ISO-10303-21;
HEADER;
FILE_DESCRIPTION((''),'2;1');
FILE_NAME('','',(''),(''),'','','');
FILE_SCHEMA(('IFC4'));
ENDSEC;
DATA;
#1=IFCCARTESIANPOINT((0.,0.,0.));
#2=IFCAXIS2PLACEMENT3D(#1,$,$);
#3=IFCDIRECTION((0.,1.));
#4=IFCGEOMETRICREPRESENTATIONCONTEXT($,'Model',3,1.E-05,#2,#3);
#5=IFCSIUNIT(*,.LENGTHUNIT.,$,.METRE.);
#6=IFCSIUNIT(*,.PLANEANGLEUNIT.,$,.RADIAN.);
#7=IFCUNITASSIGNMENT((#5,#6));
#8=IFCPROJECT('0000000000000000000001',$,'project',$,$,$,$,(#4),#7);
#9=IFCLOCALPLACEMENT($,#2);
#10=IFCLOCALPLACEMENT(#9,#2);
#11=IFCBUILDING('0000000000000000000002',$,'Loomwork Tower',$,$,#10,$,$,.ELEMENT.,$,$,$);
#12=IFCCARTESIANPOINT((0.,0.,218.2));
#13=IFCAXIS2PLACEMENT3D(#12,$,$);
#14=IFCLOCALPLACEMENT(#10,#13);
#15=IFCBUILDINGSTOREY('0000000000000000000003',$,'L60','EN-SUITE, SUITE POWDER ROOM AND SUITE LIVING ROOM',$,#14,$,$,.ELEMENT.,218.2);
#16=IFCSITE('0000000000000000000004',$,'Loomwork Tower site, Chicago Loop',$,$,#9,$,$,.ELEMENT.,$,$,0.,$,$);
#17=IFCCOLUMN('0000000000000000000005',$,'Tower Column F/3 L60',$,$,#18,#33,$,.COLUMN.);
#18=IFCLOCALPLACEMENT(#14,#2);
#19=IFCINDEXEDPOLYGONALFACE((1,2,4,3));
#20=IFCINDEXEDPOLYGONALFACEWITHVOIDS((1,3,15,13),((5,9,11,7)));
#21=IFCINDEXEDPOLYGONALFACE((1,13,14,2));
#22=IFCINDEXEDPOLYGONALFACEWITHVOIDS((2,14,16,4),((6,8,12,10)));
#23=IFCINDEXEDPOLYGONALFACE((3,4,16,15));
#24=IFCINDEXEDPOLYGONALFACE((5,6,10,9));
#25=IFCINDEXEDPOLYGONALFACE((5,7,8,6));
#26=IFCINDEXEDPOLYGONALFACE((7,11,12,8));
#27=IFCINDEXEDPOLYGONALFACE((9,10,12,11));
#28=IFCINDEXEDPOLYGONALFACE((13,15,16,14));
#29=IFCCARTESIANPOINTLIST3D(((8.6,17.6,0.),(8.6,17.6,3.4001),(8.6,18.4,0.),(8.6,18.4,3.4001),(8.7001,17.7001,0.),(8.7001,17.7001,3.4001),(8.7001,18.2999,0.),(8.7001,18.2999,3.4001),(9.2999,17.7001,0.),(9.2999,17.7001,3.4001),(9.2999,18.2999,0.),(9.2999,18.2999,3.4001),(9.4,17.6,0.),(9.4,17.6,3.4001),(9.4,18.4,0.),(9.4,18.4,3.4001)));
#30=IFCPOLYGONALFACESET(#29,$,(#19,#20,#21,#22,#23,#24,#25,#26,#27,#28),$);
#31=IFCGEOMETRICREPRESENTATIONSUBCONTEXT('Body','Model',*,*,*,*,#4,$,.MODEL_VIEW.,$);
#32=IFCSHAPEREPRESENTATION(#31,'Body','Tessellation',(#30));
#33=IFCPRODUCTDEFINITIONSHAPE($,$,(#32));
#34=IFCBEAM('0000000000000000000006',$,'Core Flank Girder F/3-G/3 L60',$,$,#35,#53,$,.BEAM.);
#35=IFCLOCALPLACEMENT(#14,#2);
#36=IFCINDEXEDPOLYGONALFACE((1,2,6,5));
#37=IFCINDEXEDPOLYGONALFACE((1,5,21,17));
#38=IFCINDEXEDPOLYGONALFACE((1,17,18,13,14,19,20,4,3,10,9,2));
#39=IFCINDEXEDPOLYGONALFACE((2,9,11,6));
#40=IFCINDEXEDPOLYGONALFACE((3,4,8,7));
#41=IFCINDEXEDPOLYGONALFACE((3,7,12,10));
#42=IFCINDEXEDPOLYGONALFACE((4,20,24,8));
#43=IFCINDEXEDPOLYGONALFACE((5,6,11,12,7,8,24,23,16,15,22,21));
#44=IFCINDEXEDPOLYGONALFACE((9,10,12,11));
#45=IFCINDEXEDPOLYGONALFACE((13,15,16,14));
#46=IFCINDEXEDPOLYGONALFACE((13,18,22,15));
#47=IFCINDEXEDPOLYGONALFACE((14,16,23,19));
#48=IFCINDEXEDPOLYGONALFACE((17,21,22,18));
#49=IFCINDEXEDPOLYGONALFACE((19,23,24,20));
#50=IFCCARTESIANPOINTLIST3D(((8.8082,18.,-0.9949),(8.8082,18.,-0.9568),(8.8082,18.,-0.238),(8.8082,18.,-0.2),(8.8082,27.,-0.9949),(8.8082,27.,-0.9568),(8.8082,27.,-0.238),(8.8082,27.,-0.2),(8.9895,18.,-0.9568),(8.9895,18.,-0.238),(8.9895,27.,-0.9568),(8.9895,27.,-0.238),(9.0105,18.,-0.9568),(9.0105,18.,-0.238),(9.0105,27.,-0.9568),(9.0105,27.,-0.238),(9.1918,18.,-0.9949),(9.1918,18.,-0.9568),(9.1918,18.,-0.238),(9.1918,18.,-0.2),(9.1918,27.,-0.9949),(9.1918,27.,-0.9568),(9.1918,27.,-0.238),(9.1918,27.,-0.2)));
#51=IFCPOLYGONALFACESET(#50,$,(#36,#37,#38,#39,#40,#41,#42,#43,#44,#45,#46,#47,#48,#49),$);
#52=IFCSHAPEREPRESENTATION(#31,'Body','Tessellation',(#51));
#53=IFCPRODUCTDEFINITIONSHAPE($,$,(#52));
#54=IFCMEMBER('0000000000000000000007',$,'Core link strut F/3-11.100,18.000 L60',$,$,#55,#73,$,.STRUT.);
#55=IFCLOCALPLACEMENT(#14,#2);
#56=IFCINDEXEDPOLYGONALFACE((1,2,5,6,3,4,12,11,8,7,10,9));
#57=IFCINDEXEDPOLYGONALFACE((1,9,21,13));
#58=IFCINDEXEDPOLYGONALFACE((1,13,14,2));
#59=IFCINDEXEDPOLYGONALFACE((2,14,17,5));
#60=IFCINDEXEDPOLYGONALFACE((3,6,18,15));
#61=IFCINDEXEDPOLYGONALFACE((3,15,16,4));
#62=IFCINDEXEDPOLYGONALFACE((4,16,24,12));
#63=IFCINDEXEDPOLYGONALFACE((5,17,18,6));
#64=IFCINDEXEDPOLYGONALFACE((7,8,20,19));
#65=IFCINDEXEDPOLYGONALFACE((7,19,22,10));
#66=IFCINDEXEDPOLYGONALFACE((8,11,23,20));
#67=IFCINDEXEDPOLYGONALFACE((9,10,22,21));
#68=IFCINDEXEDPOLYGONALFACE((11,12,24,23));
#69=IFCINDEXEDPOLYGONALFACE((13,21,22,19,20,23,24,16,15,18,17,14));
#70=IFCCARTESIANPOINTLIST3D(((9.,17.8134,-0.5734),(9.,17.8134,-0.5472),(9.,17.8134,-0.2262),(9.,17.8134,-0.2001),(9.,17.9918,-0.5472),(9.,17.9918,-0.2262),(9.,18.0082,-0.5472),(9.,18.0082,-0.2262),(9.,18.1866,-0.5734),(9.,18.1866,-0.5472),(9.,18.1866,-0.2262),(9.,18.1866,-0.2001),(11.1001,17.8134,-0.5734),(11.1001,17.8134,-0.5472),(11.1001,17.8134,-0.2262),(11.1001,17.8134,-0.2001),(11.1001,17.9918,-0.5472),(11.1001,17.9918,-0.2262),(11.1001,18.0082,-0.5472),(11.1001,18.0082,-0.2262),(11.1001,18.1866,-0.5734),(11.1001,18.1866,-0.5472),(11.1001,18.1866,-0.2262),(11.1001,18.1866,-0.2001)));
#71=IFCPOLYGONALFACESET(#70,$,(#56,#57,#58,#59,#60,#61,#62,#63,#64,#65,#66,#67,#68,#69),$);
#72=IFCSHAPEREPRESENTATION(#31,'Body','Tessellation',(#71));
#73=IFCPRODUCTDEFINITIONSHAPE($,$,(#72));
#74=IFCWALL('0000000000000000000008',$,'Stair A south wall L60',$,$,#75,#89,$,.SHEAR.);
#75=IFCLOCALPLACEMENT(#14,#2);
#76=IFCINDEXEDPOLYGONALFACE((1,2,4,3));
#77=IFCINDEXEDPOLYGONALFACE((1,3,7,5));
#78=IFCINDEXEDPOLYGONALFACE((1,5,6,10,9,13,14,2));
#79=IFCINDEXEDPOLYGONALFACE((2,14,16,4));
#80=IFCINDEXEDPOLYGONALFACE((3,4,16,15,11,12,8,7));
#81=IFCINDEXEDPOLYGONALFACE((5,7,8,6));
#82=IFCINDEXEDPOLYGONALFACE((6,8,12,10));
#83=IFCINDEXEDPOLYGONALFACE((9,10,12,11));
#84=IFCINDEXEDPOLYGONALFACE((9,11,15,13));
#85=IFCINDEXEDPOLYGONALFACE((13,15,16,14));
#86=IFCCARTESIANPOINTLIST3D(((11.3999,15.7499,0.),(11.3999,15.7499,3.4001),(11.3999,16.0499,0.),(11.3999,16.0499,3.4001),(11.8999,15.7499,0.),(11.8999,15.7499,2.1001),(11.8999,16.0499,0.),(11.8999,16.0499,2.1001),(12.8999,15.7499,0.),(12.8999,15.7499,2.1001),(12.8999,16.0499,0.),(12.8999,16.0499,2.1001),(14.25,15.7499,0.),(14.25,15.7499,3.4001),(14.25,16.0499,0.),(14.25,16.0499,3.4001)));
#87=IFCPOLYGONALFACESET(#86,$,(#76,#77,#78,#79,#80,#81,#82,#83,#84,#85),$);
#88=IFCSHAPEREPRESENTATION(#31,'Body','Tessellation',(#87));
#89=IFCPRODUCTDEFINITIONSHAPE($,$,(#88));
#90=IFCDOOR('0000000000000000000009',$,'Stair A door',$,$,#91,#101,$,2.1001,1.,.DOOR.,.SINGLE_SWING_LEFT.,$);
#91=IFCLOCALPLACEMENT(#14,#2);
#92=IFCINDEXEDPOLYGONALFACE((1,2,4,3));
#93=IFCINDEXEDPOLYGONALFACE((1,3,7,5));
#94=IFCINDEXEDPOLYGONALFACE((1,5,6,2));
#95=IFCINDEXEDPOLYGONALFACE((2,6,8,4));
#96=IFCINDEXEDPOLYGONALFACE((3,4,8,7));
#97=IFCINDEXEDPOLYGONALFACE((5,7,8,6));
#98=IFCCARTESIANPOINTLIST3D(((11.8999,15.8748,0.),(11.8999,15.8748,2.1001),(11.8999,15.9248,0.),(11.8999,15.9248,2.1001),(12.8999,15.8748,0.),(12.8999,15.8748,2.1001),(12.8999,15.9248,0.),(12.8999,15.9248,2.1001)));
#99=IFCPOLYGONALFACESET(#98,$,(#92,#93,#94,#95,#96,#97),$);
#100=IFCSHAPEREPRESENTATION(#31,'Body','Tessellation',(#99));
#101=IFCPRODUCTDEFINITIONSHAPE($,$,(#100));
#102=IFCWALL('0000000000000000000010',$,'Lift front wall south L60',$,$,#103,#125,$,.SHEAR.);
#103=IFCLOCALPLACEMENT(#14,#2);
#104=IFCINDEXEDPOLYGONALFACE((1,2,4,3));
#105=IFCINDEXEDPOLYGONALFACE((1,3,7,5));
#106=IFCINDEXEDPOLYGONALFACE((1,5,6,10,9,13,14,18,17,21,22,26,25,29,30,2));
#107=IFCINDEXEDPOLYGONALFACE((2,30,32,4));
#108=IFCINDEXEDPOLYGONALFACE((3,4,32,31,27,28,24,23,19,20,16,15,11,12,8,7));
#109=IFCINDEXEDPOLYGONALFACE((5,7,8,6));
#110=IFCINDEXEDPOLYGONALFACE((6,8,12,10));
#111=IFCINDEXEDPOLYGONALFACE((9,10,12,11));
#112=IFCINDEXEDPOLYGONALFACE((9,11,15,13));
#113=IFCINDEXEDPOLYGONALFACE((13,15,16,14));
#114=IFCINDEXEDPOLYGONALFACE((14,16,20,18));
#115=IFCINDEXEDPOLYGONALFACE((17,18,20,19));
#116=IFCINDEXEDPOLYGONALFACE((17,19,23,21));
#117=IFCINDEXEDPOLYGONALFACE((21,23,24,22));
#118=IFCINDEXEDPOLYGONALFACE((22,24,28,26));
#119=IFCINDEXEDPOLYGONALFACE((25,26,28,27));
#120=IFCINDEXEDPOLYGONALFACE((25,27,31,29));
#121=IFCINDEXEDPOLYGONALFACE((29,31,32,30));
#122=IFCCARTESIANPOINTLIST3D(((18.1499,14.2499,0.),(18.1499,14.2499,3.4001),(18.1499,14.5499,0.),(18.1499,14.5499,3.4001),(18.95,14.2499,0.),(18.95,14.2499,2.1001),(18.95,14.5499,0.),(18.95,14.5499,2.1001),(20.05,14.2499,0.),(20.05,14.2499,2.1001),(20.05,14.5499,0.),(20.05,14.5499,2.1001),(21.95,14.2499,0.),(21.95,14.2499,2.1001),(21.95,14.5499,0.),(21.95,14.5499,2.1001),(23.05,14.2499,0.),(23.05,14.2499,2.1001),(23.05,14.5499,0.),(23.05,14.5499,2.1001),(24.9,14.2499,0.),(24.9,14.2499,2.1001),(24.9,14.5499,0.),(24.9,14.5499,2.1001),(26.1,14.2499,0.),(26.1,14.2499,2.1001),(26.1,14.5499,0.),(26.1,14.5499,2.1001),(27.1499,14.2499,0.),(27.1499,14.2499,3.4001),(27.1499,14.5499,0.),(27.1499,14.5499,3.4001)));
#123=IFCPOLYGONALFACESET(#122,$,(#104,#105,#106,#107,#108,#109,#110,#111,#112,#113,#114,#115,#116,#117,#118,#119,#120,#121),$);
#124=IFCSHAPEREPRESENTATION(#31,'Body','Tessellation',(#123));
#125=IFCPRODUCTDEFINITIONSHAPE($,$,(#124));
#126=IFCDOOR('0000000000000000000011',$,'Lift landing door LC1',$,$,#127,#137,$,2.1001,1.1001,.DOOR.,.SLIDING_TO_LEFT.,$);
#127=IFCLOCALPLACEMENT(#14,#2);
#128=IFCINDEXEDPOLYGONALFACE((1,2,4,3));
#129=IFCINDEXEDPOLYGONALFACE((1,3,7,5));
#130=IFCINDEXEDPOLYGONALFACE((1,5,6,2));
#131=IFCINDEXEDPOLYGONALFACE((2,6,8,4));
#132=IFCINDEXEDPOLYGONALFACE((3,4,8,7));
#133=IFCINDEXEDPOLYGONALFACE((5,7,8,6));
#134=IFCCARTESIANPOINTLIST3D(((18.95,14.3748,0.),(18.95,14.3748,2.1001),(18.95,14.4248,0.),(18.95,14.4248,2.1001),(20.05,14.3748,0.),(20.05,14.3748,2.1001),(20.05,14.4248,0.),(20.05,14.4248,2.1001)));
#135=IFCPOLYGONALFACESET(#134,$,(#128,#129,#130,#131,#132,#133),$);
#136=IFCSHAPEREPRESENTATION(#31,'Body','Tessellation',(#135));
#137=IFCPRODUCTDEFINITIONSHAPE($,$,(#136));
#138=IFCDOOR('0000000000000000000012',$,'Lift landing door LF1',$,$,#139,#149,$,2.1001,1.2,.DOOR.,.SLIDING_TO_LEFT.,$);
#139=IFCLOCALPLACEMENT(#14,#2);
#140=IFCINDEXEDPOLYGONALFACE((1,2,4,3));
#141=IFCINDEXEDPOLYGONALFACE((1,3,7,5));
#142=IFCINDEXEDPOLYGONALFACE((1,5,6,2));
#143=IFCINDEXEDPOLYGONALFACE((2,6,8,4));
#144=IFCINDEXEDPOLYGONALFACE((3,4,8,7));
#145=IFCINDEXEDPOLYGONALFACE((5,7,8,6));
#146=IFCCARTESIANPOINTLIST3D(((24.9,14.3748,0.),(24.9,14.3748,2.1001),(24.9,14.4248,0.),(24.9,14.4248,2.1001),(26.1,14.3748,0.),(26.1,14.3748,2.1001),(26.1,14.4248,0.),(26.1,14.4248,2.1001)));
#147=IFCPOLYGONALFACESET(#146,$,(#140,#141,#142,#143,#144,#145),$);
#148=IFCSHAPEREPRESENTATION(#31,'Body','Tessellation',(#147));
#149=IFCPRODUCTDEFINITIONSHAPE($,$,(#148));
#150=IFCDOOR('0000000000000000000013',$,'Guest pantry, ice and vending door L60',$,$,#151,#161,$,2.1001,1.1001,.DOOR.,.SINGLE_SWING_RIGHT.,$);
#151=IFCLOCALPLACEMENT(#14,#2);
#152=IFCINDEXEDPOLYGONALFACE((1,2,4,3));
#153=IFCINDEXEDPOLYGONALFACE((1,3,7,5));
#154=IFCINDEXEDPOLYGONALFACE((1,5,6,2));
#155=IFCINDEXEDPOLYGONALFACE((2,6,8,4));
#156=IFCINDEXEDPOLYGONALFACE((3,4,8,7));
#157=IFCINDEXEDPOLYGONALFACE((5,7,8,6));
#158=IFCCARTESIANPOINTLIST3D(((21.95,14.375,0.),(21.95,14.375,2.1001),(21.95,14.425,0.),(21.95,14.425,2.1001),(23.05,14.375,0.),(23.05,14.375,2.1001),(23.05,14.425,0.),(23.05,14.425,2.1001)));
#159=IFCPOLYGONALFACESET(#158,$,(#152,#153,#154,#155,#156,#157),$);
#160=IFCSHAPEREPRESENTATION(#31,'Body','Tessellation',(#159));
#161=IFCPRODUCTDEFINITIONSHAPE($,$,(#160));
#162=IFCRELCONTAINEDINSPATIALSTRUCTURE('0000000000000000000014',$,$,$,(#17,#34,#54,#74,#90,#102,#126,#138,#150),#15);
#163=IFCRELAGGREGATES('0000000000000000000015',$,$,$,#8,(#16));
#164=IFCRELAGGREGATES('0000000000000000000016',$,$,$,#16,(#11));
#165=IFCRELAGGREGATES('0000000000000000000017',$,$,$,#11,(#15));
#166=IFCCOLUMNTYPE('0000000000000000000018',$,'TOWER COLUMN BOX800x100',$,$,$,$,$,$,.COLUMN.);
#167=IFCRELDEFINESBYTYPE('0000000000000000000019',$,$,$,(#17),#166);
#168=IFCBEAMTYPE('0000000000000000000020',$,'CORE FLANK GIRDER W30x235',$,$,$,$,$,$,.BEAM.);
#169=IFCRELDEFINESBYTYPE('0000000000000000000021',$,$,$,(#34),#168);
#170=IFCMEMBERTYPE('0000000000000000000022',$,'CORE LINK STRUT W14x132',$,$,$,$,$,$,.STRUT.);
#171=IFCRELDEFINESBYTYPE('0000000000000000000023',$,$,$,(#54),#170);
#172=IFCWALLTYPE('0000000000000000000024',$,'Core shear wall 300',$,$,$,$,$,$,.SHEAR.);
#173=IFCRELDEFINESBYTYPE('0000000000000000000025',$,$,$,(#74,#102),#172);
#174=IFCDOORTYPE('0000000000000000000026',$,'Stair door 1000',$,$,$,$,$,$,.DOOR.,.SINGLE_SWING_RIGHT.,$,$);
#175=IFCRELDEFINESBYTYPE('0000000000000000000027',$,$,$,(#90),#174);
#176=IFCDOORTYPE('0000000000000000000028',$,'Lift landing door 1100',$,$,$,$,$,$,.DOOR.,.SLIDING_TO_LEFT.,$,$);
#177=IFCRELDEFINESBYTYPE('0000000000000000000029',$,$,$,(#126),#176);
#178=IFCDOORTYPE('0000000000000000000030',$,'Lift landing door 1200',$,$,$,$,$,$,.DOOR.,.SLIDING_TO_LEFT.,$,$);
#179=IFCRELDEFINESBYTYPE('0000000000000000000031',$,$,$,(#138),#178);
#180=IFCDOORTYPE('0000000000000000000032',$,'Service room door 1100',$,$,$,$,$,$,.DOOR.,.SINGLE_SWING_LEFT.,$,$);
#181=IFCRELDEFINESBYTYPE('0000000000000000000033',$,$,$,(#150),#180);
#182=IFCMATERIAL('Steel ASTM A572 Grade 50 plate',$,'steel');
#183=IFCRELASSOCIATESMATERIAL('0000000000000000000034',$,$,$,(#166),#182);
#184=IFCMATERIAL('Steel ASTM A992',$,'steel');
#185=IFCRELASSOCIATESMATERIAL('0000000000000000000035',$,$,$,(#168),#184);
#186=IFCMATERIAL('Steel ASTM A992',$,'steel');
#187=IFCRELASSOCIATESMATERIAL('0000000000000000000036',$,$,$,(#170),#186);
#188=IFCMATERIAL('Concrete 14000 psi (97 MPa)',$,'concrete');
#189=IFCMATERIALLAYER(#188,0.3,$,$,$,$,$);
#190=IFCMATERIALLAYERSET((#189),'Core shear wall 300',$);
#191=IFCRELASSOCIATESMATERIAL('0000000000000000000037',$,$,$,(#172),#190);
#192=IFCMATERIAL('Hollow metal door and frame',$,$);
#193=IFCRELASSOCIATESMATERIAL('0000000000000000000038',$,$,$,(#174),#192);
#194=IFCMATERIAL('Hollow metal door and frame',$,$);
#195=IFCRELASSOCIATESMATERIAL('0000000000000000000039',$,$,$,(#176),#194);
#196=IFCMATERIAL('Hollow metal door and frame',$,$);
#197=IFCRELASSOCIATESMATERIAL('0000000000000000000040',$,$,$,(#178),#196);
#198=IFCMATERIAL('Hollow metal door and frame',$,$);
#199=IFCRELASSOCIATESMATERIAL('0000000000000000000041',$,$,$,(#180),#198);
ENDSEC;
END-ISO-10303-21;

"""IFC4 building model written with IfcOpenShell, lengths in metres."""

from ifc_helpers import new_model, si_unit, direction, frame, frame_2d, origin, origin_2d, place, context, subcontext, project, spatial, rectangle, hollow_rectangle, i_section, extrude, material, layer, layer_set, material_profile, profile_set, type_object, element, fill, save


model = new_model("IFC4")

# Units and contexts
model_context = context("Model", 3, precision=1e-05, world=origin(), true_north=direction((0.0, 1.0)))
body_context = subcontext(model_context, "Body", "Model", "MODEL_VIEW")
ifc_project = project(units=[si_unit("LENGTHUNIT", "METRE"), si_unit("PLANEANGLEUNIT", "RADIAN")], contexts=[model_context])

# Site, building, storey
site_placement = place(None, origin())
site = spatial("IfcSite", under=ifc_project, at=site_placement, Name="Loomwork Tower site, Chicago Loop", CompositionType="ELEMENT", RefElevation=0.0)
building_placement = place(site_placement, origin())
building = spatial("IfcBuilding", under=site, at=building_placement, Name="Loomwork Tower", CompositionType="ELEMENT")
storey_placement = place(building_placement, frame((0.0, 0.0, 218.2)))
storey = spatial("IfcBuildingStorey", under=building, at=storey_placement, Name="L60", Description="EN-SUITE, SUITE POWDER ROOM AND SUITE LIVING ROOM", CompositionType="ELEMENT", Elevation=218.2)

# Column
ifc_material_1 = material(Name="Steel ASTM A572 Grade 50 plate", Category="steel")
ifc_material_profile_1 = material_profile(ifc_material_1, hollow_rectangle(XDim=0.8, YDim=0.8, WallThickness=0.1001, at=origin_2d()), Name="BOX800x100")
ifc_profile_set_1 = profile_set([ifc_material_profile_1], Name="Steel ASTM A572 Grade 50 plate")
column_type = type_object("IfcColumnType", Name="TOWER COLUMN BOX800x100", PredefinedType="COLUMN", material=ifc_profile_set_1)
column_placement = place(storey_placement, frame((9.0, 18.0, 0.0), z_axis=(0.0, 0.0, 1.0), x_axis=(1.0, 0.0, 0.0)))
element("IfcColumn", 1, at=column_placement, inside=storey, type_object=column_type, Name="Tower Column F/3 L60", PredefinedType="COLUMN", context=body_context, shape_type="SweptSolid", body=[
    extrude(hollow_rectangle(XDim=0.8, YDim=0.8, WallThickness=0.1001, at=origin_2d()), origin(), (0.0, 0.0, 1.0), 3.4001),
])

# Beam
ifc_material_2 = material(Name="Steel ASTM A992", Category="steel")
ifc_material_profile_2 = material_profile(ifc_material_2, i_section(OverallWidth=0.3835, OverallDepth=0.7949, WebThickness=0.021, FlangeThickness=0.0381, at=origin_2d()), Name="W30x235")
ifc_profile_set_2 = profile_set([ifc_material_profile_2], Name="Steel ASTM A992")
beam_type = type_object("IfcBeamType", Name="CORE FLANK GIRDER W30x235", PredefinedType="BEAM", material=ifc_profile_set_2)
beam_placement = place(storey_placement, frame((9.0, 18.0, -0.5974), z_axis=(0.0, 1.0, 0.0), x_axis=(-1.0, 0.0, 0.0)))
element("IfcBeam", 2, at=beam_placement, inside=storey, type_object=beam_type, Name="Core Flank Girder F/3-G/3 L60", PredefinedType="BEAM", context=body_context, shape_type="SweptSolid", body=[
    extrude(i_section(OverallWidth=0.3835, OverallDepth=0.7949, WebThickness=0.021, FlangeThickness=0.0381, at=origin_2d()), origin(), (0.0, 0.0, 1.0), 9.0),
])

# Member
ifc_material_3 = material(Name="Steel ASTM A992", Category="steel")
ifc_material_profile_3 = material_profile(ifc_material_3, i_section(OverallWidth=0.3733, OverallDepth=0.3733, WebThickness=0.0164, FlangeThickness=0.0261, at=origin_2d()), Name="W14x132")
ifc_profile_set_3 = profile_set([ifc_material_profile_3], Name="Steel ASTM A992")
member_type = type_object("IfcMemberType", Name="CORE LINK STRUT W14x132", PredefinedType="STRUT", material=ifc_profile_set_3)
member_placement = place(storey_placement, frame((9.0, 18.0, -0.3867), z_axis=(1.0, 0.0, 0.0), x_axis=(0.0, 1.0, 0.0)))
element("IfcMember", 3, at=member_placement, inside=storey, type_object=member_type, Name="Core link strut F/3-11.100,18.000 L60", PredefinedType="STRUT", context=body_context, shape_type="SweptSolid", body=[
    extrude(i_section(OverallWidth=0.3733, OverallDepth=0.3733, WebThickness=0.0164, FlangeThickness=0.0261, at=origin_2d()), origin(), (0.0, 0.0, 1.0), 2.1001),
])

# Wall, opening, door
ifc_material_4 = material(Name="Concrete 14000 psi (97 MPa)", Category="concrete")
ifc_layer_1 = layer(ifc_material_4, 0.3)
ifc_layer_set_1 = layer_set([ifc_layer_1], Name="Core shear wall 300")
wall_type_1 = type_object("IfcWallType", Name="Core shear wall 300", PredefinedType="SHEAR", material=ifc_layer_set_1)
wall_1_placement = place(storey_placement, frame((11.3999, 15.8999, 0.0), z_axis=(0.0, 0.0, 1.0), x_axis=(1.0, 0.0, 0.0)))
wall_1 = element("IfcWall", 4, at=wall_1_placement, inside=storey, type_object=wall_type_1, Name="Stair A south wall L60", PredefinedType="SHEAR", context=body_context, shape_type="SweptSolid", body=[
    extrude(rectangle(XDim=2.8501, YDim=0.3, at=frame_2d((1.425, 0.0))), origin(), (0.0, 0.0, 1.0), 3.4001),
])
opening_1_placement = place(wall_1_placement, frame((0.5, 0.0, 0.0)))
opening_1 = element("IfcOpeningElement", 5, at=opening_1_placement, cuts=wall_1, PredefinedType="OPENING", context=body_context, shape_type="SweptSolid", body=[
    extrude(rectangle(XDim=1.0, YDim=2.1001, at=frame_2d((0.5, 1.05))), frame((0.0, 0.1599, 0.0), z_axis=(0.0, -1.0, 0.0), x_axis=(1.0, 0.0, 0.0)), (0.0, 0.0, 1.0), 0.3201),
])
ifc_material_5 = material(Name="Hollow metal door and frame")
door_type_1 = type_object("IfcDoorType", Name="Stair door 1000", OperationType="SINGLE_SWING_RIGHT", PredefinedType="DOOR", material=ifc_material_5)
door_1_placement = place(opening_1_placement, origin())
door_1 = element("IfcDoor", 6, at=door_1_placement, inside=storey, type_object=door_type_1, Name="Stair A door", OperationType="SINGLE_SWING_LEFT", OverallHeight=2.1001, OverallWidth=1.0, PredefinedType="DOOR", context=body_context, shape_type="SweptSolid", body=[
    extrude(rectangle(XDim=1.0, YDim=2.1001, at=frame_2d((0.5, 1.05))), frame((0.0, 0.0249, 0.0), z_axis=(0.0, -1.0, 0.0), x_axis=(1.0, 0.0, 0.0)), (0.0, 0.0, 1.0), 0.05),
])
fill(opening_1, door_1)

# Wall, openings, doors
wall_2_placement = place(storey_placement, frame((18.1499, 14.3999, 0.0), z_axis=(0.0, 0.0, 1.0), x_axis=(1.0, 0.0, 0.0)))
wall_2 = element("IfcWall", 7, at=wall_2_placement, inside=storey, type_object=wall_type_1, Name="Lift front wall south L60", PredefinedType="SHEAR", context=body_context, shape_type="SweptSolid", body=[
    extrude(rectangle(XDim=9.0, YDim=0.3, at=frame_2d((4.5, 0.0))), origin(), (0.0, 0.0, 1.0), 3.4001),
])
opening_2_placement = place(wall_2_placement, frame((0.8, 0.0, 0.0)))
opening_2 = element("IfcOpeningElement", 8, at=opening_2_placement, cuts=wall_2, PredefinedType="OPENING", context=body_context, shape_type="SweptSolid", body=[
    extrude(rectangle(XDim=1.1001, YDim=2.1001, at=frame_2d((0.55, 1.05))), frame((0.0, 0.1599, 0.0), z_axis=(0.0, -1.0, 0.0), x_axis=(1.0, 0.0, 0.0)), (0.0, 0.0, 1.0), 0.3201),
])
opening_3_placement = place(wall_2_placement, frame((6.75, 0.0, 0.0)))
opening_3 = element("IfcOpeningElement", 9, at=opening_3_placement, cuts=wall_2, PredefinedType="OPENING", context=body_context, shape_type="SweptSolid", body=[
    extrude(rectangle(XDim=1.2, YDim=2.1001, at=frame_2d((0.6001, 1.05))), frame((0.0, 0.1599, 0.0), z_axis=(0.0, -1.0, 0.0), x_axis=(1.0, 0.0, 0.0)), (0.0, 0.0, 1.0), 0.3201),
])
opening_4_placement = place(wall_2_placement, frame((3.8, 0.0, 0.0)))
opening_4 = element("IfcOpeningElement", 10, at=opening_4_placement, cuts=wall_2, PredefinedType="OPENING", context=body_context, shape_type="SweptSolid", body=[
    extrude(rectangle(XDim=1.1001, YDim=2.1001, at=frame_2d((0.55, 1.05))), frame((0.0, 0.1599, 0.0), z_axis=(0.0, -1.0, 0.0), x_axis=(1.0, 0.0, 0.0)), (0.0, 0.0, 1.0), 0.3201),
])
ifc_material_6 = material(Name="Hollow metal door and frame")
door_type_2 = type_object("IfcDoorType", Name="Lift landing door 1100", OperationType="SLIDING_TO_LEFT", PredefinedType="DOOR", material=ifc_material_6)
door_2_placement = place(opening_2_placement, origin())
door_2 = element("IfcDoor", 11, at=door_2_placement, inside=storey, type_object=door_type_2, Name="Lift landing door LC1", OperationType="SLIDING_TO_LEFT", OverallHeight=2.1001, OverallWidth=1.1001, PredefinedType="DOOR", context=body_context, shape_type="SweptSolid", body=[
    extrude(rectangle(XDim=1.1001, YDim=2.1001, at=frame_2d((0.55, 1.05))), frame((0.0, 0.0249, 0.0), z_axis=(0.0, -1.0, 0.0), x_axis=(1.0, 0.0, 0.0)), (0.0, 0.0, 1.0), 0.05),
])
fill(opening_2, door_2)
ifc_material_7 = material(Name="Hollow metal door and frame")
door_type_3 = type_object("IfcDoorType", Name="Lift landing door 1200", OperationType="SLIDING_TO_LEFT", PredefinedType="DOOR", material=ifc_material_7)
door_3_placement = place(opening_3_placement, origin())
door_3 = element("IfcDoor", 12, at=door_3_placement, inside=storey, type_object=door_type_3, Name="Lift landing door LF1", OperationType="SLIDING_TO_LEFT", OverallHeight=2.1001, OverallWidth=1.2, PredefinedType="DOOR", context=body_context, shape_type="SweptSolid", body=[
    extrude(rectangle(XDim=1.2, YDim=2.1001, at=frame_2d((0.6001, 1.05))), frame((0.0, 0.0249, 0.0), z_axis=(0.0, -1.0, 0.0), x_axis=(1.0, 0.0, 0.0)), (0.0, 0.0, 1.0), 0.05),
])
fill(opening_3, door_3)
ifc_material_8 = material(Name="Hollow metal door and frame")
door_type_4 = type_object("IfcDoorType", Name="Service room door 1100", OperationType="SINGLE_SWING_LEFT", PredefinedType="DOOR", material=ifc_material_8)
door_4_placement = place(opening_4_placement, frame((1.1001, 0.0, 0.0), z_axis=(0.0, 0.0, 1.0), x_axis=(-1.0, 0.0, 0.0)))
door_4 = element("IfcDoor", 13, at=door_4_placement, inside=storey, type_object=door_type_4, Name="Guest pantry, ice and vending door L60", OperationType="SINGLE_SWING_RIGHT", OverallHeight=2.1001, OverallWidth=1.1001, PredefinedType="DOOR", context=body_context, shape_type="SweptSolid", body=[
    extrude(rectangle(XDim=1.1001, YDim=2.1001, at=frame_2d((0.55, 1.05))), frame((0.0, 0.0249, 0.0), z_axis=(0.0, -1.0, 0.0), x_axis=(1.0, 0.0, 0.0)), (0.0, 0.0, 1.0), 0.05),
])
fill(opening_4, door_4)

save(model, "model.ifc")
